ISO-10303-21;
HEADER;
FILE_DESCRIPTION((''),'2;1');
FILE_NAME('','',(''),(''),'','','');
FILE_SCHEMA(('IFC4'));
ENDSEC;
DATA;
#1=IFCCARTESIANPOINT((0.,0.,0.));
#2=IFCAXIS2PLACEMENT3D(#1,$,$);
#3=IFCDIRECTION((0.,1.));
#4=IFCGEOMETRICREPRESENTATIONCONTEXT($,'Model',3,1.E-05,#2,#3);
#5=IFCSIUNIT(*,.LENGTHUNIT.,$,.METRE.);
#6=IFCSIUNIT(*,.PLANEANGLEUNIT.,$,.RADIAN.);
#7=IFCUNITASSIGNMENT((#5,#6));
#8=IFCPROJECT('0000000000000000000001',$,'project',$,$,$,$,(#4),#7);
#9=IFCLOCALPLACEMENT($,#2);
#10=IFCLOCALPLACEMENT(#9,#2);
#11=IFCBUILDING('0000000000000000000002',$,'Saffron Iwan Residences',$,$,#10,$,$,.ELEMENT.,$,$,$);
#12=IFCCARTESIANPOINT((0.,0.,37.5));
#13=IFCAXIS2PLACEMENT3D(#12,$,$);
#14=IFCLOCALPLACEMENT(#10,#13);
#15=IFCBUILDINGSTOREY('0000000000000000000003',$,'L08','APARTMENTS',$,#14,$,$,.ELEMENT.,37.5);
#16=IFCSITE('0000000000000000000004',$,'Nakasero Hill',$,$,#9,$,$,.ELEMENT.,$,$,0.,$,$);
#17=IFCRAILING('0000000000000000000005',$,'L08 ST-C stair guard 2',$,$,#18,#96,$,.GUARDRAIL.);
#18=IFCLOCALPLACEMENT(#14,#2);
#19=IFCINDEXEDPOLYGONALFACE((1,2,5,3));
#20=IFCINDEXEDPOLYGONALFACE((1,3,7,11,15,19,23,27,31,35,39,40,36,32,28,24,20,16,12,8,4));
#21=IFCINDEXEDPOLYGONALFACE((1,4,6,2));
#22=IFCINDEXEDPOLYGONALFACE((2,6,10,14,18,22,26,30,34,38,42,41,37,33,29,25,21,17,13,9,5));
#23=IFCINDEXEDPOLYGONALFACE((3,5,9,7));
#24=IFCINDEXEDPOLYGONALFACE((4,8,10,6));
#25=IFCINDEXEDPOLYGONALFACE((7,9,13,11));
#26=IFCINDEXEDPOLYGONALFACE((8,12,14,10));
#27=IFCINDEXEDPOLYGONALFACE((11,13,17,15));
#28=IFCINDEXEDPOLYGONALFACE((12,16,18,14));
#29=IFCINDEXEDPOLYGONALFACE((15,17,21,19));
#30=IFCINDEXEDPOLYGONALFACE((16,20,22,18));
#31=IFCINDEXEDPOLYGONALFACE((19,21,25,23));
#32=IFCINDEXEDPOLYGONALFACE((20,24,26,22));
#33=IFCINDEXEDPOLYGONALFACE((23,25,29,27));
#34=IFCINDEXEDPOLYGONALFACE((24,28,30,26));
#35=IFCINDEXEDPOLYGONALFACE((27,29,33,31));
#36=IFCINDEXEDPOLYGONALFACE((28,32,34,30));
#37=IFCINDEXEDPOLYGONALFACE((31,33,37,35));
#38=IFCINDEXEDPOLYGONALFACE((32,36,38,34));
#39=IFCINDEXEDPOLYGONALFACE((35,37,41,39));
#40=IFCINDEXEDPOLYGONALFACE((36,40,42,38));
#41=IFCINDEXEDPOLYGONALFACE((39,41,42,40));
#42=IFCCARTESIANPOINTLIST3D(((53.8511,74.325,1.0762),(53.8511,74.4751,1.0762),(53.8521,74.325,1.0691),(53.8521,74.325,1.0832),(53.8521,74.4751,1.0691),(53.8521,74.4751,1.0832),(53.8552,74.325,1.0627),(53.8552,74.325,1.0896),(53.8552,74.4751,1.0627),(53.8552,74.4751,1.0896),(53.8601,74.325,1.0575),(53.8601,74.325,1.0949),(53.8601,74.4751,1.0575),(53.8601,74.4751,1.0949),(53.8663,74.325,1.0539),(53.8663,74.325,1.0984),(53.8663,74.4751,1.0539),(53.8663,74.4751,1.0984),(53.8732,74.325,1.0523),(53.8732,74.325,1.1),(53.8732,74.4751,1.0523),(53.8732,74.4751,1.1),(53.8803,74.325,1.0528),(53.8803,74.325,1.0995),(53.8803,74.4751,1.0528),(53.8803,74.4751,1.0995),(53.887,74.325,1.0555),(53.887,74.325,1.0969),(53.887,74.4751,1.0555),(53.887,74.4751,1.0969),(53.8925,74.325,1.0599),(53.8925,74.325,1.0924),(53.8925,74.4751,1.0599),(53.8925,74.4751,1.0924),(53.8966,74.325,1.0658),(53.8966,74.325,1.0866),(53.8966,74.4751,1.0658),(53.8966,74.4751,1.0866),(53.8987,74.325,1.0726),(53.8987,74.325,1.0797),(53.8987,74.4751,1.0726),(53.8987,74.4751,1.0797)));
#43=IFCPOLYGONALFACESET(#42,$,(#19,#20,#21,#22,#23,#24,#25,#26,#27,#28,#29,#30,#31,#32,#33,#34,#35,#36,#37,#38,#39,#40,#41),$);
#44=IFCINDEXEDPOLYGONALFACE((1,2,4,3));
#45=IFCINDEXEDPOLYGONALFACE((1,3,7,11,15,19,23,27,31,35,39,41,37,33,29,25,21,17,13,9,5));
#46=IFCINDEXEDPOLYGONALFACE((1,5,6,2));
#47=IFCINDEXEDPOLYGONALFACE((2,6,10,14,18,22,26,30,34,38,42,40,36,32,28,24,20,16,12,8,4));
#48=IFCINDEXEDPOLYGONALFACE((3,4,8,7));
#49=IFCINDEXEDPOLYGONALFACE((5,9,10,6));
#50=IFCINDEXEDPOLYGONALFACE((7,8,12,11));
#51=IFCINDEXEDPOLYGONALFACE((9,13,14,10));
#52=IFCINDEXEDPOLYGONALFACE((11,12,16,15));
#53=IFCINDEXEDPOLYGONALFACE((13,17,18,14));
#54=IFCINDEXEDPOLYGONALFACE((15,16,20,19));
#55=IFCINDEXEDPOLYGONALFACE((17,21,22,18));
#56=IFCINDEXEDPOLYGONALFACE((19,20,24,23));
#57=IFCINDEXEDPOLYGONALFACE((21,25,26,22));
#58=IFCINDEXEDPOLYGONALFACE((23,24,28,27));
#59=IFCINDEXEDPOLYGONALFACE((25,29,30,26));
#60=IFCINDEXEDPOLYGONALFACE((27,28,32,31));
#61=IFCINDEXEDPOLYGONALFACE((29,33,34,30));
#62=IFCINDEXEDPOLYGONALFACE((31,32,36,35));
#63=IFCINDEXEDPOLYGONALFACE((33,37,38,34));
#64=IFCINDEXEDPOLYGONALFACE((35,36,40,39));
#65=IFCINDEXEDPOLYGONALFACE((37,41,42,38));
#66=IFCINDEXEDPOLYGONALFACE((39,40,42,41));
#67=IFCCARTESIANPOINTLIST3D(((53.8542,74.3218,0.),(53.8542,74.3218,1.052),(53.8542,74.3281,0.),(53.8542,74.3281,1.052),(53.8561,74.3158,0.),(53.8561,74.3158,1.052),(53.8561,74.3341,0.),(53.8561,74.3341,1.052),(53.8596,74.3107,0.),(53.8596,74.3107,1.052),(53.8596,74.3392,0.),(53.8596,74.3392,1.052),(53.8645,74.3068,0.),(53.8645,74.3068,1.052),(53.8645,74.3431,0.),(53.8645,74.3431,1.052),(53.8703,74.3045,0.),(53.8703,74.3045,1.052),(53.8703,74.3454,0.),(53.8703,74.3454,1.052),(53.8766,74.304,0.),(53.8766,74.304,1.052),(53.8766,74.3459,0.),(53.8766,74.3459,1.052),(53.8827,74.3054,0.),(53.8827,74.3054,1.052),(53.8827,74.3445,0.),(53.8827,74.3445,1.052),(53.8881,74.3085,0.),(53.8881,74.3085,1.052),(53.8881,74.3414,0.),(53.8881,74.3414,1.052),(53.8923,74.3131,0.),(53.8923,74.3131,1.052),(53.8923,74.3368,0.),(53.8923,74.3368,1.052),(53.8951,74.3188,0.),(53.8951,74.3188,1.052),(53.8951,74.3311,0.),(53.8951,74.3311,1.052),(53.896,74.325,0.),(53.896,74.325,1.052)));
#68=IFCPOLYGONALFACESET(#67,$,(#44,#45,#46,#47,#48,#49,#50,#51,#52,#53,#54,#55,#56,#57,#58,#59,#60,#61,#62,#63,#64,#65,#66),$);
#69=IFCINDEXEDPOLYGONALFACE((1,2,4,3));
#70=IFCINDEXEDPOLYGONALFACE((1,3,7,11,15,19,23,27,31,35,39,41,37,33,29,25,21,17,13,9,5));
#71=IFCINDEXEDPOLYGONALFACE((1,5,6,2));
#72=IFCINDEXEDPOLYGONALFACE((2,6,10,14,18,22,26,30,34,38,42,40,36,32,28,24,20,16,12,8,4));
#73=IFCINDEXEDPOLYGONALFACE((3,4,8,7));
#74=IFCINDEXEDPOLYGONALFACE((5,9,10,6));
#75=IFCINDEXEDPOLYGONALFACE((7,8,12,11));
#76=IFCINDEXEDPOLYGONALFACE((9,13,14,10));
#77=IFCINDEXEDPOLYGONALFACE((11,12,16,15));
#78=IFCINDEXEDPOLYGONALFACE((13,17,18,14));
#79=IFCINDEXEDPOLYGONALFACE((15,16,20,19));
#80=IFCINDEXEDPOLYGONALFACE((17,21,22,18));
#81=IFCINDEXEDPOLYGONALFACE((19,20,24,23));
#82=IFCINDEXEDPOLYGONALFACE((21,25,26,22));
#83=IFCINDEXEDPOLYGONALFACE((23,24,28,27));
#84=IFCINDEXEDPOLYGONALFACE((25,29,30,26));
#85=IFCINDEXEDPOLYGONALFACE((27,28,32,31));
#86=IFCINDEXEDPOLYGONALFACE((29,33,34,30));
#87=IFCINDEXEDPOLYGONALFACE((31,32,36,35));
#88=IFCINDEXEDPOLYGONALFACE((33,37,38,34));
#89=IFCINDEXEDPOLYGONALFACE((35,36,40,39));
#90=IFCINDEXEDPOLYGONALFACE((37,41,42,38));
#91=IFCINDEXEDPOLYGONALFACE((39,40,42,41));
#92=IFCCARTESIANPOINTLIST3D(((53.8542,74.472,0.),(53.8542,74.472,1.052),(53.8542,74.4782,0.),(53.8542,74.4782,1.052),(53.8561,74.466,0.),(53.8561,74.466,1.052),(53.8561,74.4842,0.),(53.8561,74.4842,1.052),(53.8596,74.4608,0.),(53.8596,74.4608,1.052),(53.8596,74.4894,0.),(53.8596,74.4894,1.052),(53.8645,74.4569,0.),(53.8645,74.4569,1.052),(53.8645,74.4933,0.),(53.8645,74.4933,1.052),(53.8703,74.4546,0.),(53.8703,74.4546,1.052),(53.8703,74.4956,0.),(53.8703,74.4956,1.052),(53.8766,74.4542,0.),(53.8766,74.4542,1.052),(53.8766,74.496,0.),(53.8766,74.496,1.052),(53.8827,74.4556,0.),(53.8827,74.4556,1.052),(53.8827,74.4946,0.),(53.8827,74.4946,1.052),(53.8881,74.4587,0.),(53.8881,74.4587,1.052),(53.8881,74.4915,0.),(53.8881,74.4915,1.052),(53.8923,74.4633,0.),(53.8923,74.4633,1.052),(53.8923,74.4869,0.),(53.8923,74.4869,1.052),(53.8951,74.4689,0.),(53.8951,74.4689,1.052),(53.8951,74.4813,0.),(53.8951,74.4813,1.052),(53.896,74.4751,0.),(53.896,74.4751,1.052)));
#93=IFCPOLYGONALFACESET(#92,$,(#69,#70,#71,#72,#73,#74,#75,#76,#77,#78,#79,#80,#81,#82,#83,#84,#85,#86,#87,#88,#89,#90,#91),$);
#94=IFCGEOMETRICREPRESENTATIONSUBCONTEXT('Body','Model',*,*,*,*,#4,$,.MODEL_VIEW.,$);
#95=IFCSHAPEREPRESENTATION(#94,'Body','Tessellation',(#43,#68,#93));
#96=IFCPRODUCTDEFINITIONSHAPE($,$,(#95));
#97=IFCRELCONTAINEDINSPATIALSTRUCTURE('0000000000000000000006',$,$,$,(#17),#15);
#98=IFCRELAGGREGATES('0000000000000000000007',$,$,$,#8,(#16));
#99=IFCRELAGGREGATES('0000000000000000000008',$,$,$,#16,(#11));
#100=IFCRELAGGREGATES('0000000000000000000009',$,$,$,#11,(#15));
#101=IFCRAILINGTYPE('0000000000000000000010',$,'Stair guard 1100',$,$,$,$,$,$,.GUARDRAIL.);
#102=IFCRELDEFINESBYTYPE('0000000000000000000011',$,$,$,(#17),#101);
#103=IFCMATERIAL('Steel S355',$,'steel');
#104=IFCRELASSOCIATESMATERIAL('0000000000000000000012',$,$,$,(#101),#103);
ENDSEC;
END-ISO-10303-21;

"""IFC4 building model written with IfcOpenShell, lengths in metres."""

from ifc_helpers import new_model, si_unit, direction, frame, origin, origin_2d, place, context, subcontext, project, spatial, circle, extrude, material, type_object, element, save


model = new_model("IFC4")

# Units and contexts
model_context = context("Model", 3, precision=1e-05, world=origin(), true_north=direction((0.0, 1.0)))
body_context = subcontext(model_context, "Body", "Model", "MODEL_VIEW")
ifc_project = project(units=[si_unit("LENGTHUNIT", "METRE"), si_unit("PLANEANGLEUNIT", "RADIAN")], contexts=[model_context])

# Site, building, storey
site_placement = place(None, origin())
site = spatial("IfcSite", under=ifc_project, at=site_placement, Name="Nakasero Hill", CompositionType="ELEMENT", RefElevation=0.0)
building_placement = place(site_placement, origin())
building = spatial("IfcBuilding", under=site, at=building_placement, Name="Saffron Iwan Residences", CompositionType="ELEMENT")
storey_placement = place(building_placement, frame((0.0, 0.0, 37.5)))
storey = spatial("IfcBuildingStorey", under=building, at=storey_placement, Name="L08", Description="APARTMENTS", CompositionType="ELEMENT", Elevation=37.5)

# Railing
ifc_material_1 = material(Name="Steel S355", Category="steel")
railing_type_1 = type_object("IfcRailingType", Name="Stair guard 1100", PredefinedType="GUARDRAIL", material=ifc_material_1)
railing_1_placement = place(storey_placement, frame((53.875, 74.325, 0.0)))
element("IfcRailing", 1, at=railing_1_placement, inside=storey, type_object=railing_type_1, Name="L08 ST-C stair guard 2", PredefinedType="GUARDRAIL", context=body_context, shape_type="SweptSolid", body=[
    extrude(circle(Radius=0.0239, at=origin_2d()), frame((0.0, 0.0, 1.0762), z_axis=(0.0, 1.0, 0.0), x_axis=(-1.0, 0.0, 0.0)), (0.0, 0.0, 1.0), 0.1501),
    extrude(circle(Radius=0.021, at=origin_2d()), origin(), (0.0, 0.0, 1.0), 1.052),
    extrude(circle(Radius=0.021, at=origin_2d()), frame((0.0, 0.1501, 0.0)), (0.0, 0.0, 1.0), 1.052),
])

save(model, "model.ifc")
